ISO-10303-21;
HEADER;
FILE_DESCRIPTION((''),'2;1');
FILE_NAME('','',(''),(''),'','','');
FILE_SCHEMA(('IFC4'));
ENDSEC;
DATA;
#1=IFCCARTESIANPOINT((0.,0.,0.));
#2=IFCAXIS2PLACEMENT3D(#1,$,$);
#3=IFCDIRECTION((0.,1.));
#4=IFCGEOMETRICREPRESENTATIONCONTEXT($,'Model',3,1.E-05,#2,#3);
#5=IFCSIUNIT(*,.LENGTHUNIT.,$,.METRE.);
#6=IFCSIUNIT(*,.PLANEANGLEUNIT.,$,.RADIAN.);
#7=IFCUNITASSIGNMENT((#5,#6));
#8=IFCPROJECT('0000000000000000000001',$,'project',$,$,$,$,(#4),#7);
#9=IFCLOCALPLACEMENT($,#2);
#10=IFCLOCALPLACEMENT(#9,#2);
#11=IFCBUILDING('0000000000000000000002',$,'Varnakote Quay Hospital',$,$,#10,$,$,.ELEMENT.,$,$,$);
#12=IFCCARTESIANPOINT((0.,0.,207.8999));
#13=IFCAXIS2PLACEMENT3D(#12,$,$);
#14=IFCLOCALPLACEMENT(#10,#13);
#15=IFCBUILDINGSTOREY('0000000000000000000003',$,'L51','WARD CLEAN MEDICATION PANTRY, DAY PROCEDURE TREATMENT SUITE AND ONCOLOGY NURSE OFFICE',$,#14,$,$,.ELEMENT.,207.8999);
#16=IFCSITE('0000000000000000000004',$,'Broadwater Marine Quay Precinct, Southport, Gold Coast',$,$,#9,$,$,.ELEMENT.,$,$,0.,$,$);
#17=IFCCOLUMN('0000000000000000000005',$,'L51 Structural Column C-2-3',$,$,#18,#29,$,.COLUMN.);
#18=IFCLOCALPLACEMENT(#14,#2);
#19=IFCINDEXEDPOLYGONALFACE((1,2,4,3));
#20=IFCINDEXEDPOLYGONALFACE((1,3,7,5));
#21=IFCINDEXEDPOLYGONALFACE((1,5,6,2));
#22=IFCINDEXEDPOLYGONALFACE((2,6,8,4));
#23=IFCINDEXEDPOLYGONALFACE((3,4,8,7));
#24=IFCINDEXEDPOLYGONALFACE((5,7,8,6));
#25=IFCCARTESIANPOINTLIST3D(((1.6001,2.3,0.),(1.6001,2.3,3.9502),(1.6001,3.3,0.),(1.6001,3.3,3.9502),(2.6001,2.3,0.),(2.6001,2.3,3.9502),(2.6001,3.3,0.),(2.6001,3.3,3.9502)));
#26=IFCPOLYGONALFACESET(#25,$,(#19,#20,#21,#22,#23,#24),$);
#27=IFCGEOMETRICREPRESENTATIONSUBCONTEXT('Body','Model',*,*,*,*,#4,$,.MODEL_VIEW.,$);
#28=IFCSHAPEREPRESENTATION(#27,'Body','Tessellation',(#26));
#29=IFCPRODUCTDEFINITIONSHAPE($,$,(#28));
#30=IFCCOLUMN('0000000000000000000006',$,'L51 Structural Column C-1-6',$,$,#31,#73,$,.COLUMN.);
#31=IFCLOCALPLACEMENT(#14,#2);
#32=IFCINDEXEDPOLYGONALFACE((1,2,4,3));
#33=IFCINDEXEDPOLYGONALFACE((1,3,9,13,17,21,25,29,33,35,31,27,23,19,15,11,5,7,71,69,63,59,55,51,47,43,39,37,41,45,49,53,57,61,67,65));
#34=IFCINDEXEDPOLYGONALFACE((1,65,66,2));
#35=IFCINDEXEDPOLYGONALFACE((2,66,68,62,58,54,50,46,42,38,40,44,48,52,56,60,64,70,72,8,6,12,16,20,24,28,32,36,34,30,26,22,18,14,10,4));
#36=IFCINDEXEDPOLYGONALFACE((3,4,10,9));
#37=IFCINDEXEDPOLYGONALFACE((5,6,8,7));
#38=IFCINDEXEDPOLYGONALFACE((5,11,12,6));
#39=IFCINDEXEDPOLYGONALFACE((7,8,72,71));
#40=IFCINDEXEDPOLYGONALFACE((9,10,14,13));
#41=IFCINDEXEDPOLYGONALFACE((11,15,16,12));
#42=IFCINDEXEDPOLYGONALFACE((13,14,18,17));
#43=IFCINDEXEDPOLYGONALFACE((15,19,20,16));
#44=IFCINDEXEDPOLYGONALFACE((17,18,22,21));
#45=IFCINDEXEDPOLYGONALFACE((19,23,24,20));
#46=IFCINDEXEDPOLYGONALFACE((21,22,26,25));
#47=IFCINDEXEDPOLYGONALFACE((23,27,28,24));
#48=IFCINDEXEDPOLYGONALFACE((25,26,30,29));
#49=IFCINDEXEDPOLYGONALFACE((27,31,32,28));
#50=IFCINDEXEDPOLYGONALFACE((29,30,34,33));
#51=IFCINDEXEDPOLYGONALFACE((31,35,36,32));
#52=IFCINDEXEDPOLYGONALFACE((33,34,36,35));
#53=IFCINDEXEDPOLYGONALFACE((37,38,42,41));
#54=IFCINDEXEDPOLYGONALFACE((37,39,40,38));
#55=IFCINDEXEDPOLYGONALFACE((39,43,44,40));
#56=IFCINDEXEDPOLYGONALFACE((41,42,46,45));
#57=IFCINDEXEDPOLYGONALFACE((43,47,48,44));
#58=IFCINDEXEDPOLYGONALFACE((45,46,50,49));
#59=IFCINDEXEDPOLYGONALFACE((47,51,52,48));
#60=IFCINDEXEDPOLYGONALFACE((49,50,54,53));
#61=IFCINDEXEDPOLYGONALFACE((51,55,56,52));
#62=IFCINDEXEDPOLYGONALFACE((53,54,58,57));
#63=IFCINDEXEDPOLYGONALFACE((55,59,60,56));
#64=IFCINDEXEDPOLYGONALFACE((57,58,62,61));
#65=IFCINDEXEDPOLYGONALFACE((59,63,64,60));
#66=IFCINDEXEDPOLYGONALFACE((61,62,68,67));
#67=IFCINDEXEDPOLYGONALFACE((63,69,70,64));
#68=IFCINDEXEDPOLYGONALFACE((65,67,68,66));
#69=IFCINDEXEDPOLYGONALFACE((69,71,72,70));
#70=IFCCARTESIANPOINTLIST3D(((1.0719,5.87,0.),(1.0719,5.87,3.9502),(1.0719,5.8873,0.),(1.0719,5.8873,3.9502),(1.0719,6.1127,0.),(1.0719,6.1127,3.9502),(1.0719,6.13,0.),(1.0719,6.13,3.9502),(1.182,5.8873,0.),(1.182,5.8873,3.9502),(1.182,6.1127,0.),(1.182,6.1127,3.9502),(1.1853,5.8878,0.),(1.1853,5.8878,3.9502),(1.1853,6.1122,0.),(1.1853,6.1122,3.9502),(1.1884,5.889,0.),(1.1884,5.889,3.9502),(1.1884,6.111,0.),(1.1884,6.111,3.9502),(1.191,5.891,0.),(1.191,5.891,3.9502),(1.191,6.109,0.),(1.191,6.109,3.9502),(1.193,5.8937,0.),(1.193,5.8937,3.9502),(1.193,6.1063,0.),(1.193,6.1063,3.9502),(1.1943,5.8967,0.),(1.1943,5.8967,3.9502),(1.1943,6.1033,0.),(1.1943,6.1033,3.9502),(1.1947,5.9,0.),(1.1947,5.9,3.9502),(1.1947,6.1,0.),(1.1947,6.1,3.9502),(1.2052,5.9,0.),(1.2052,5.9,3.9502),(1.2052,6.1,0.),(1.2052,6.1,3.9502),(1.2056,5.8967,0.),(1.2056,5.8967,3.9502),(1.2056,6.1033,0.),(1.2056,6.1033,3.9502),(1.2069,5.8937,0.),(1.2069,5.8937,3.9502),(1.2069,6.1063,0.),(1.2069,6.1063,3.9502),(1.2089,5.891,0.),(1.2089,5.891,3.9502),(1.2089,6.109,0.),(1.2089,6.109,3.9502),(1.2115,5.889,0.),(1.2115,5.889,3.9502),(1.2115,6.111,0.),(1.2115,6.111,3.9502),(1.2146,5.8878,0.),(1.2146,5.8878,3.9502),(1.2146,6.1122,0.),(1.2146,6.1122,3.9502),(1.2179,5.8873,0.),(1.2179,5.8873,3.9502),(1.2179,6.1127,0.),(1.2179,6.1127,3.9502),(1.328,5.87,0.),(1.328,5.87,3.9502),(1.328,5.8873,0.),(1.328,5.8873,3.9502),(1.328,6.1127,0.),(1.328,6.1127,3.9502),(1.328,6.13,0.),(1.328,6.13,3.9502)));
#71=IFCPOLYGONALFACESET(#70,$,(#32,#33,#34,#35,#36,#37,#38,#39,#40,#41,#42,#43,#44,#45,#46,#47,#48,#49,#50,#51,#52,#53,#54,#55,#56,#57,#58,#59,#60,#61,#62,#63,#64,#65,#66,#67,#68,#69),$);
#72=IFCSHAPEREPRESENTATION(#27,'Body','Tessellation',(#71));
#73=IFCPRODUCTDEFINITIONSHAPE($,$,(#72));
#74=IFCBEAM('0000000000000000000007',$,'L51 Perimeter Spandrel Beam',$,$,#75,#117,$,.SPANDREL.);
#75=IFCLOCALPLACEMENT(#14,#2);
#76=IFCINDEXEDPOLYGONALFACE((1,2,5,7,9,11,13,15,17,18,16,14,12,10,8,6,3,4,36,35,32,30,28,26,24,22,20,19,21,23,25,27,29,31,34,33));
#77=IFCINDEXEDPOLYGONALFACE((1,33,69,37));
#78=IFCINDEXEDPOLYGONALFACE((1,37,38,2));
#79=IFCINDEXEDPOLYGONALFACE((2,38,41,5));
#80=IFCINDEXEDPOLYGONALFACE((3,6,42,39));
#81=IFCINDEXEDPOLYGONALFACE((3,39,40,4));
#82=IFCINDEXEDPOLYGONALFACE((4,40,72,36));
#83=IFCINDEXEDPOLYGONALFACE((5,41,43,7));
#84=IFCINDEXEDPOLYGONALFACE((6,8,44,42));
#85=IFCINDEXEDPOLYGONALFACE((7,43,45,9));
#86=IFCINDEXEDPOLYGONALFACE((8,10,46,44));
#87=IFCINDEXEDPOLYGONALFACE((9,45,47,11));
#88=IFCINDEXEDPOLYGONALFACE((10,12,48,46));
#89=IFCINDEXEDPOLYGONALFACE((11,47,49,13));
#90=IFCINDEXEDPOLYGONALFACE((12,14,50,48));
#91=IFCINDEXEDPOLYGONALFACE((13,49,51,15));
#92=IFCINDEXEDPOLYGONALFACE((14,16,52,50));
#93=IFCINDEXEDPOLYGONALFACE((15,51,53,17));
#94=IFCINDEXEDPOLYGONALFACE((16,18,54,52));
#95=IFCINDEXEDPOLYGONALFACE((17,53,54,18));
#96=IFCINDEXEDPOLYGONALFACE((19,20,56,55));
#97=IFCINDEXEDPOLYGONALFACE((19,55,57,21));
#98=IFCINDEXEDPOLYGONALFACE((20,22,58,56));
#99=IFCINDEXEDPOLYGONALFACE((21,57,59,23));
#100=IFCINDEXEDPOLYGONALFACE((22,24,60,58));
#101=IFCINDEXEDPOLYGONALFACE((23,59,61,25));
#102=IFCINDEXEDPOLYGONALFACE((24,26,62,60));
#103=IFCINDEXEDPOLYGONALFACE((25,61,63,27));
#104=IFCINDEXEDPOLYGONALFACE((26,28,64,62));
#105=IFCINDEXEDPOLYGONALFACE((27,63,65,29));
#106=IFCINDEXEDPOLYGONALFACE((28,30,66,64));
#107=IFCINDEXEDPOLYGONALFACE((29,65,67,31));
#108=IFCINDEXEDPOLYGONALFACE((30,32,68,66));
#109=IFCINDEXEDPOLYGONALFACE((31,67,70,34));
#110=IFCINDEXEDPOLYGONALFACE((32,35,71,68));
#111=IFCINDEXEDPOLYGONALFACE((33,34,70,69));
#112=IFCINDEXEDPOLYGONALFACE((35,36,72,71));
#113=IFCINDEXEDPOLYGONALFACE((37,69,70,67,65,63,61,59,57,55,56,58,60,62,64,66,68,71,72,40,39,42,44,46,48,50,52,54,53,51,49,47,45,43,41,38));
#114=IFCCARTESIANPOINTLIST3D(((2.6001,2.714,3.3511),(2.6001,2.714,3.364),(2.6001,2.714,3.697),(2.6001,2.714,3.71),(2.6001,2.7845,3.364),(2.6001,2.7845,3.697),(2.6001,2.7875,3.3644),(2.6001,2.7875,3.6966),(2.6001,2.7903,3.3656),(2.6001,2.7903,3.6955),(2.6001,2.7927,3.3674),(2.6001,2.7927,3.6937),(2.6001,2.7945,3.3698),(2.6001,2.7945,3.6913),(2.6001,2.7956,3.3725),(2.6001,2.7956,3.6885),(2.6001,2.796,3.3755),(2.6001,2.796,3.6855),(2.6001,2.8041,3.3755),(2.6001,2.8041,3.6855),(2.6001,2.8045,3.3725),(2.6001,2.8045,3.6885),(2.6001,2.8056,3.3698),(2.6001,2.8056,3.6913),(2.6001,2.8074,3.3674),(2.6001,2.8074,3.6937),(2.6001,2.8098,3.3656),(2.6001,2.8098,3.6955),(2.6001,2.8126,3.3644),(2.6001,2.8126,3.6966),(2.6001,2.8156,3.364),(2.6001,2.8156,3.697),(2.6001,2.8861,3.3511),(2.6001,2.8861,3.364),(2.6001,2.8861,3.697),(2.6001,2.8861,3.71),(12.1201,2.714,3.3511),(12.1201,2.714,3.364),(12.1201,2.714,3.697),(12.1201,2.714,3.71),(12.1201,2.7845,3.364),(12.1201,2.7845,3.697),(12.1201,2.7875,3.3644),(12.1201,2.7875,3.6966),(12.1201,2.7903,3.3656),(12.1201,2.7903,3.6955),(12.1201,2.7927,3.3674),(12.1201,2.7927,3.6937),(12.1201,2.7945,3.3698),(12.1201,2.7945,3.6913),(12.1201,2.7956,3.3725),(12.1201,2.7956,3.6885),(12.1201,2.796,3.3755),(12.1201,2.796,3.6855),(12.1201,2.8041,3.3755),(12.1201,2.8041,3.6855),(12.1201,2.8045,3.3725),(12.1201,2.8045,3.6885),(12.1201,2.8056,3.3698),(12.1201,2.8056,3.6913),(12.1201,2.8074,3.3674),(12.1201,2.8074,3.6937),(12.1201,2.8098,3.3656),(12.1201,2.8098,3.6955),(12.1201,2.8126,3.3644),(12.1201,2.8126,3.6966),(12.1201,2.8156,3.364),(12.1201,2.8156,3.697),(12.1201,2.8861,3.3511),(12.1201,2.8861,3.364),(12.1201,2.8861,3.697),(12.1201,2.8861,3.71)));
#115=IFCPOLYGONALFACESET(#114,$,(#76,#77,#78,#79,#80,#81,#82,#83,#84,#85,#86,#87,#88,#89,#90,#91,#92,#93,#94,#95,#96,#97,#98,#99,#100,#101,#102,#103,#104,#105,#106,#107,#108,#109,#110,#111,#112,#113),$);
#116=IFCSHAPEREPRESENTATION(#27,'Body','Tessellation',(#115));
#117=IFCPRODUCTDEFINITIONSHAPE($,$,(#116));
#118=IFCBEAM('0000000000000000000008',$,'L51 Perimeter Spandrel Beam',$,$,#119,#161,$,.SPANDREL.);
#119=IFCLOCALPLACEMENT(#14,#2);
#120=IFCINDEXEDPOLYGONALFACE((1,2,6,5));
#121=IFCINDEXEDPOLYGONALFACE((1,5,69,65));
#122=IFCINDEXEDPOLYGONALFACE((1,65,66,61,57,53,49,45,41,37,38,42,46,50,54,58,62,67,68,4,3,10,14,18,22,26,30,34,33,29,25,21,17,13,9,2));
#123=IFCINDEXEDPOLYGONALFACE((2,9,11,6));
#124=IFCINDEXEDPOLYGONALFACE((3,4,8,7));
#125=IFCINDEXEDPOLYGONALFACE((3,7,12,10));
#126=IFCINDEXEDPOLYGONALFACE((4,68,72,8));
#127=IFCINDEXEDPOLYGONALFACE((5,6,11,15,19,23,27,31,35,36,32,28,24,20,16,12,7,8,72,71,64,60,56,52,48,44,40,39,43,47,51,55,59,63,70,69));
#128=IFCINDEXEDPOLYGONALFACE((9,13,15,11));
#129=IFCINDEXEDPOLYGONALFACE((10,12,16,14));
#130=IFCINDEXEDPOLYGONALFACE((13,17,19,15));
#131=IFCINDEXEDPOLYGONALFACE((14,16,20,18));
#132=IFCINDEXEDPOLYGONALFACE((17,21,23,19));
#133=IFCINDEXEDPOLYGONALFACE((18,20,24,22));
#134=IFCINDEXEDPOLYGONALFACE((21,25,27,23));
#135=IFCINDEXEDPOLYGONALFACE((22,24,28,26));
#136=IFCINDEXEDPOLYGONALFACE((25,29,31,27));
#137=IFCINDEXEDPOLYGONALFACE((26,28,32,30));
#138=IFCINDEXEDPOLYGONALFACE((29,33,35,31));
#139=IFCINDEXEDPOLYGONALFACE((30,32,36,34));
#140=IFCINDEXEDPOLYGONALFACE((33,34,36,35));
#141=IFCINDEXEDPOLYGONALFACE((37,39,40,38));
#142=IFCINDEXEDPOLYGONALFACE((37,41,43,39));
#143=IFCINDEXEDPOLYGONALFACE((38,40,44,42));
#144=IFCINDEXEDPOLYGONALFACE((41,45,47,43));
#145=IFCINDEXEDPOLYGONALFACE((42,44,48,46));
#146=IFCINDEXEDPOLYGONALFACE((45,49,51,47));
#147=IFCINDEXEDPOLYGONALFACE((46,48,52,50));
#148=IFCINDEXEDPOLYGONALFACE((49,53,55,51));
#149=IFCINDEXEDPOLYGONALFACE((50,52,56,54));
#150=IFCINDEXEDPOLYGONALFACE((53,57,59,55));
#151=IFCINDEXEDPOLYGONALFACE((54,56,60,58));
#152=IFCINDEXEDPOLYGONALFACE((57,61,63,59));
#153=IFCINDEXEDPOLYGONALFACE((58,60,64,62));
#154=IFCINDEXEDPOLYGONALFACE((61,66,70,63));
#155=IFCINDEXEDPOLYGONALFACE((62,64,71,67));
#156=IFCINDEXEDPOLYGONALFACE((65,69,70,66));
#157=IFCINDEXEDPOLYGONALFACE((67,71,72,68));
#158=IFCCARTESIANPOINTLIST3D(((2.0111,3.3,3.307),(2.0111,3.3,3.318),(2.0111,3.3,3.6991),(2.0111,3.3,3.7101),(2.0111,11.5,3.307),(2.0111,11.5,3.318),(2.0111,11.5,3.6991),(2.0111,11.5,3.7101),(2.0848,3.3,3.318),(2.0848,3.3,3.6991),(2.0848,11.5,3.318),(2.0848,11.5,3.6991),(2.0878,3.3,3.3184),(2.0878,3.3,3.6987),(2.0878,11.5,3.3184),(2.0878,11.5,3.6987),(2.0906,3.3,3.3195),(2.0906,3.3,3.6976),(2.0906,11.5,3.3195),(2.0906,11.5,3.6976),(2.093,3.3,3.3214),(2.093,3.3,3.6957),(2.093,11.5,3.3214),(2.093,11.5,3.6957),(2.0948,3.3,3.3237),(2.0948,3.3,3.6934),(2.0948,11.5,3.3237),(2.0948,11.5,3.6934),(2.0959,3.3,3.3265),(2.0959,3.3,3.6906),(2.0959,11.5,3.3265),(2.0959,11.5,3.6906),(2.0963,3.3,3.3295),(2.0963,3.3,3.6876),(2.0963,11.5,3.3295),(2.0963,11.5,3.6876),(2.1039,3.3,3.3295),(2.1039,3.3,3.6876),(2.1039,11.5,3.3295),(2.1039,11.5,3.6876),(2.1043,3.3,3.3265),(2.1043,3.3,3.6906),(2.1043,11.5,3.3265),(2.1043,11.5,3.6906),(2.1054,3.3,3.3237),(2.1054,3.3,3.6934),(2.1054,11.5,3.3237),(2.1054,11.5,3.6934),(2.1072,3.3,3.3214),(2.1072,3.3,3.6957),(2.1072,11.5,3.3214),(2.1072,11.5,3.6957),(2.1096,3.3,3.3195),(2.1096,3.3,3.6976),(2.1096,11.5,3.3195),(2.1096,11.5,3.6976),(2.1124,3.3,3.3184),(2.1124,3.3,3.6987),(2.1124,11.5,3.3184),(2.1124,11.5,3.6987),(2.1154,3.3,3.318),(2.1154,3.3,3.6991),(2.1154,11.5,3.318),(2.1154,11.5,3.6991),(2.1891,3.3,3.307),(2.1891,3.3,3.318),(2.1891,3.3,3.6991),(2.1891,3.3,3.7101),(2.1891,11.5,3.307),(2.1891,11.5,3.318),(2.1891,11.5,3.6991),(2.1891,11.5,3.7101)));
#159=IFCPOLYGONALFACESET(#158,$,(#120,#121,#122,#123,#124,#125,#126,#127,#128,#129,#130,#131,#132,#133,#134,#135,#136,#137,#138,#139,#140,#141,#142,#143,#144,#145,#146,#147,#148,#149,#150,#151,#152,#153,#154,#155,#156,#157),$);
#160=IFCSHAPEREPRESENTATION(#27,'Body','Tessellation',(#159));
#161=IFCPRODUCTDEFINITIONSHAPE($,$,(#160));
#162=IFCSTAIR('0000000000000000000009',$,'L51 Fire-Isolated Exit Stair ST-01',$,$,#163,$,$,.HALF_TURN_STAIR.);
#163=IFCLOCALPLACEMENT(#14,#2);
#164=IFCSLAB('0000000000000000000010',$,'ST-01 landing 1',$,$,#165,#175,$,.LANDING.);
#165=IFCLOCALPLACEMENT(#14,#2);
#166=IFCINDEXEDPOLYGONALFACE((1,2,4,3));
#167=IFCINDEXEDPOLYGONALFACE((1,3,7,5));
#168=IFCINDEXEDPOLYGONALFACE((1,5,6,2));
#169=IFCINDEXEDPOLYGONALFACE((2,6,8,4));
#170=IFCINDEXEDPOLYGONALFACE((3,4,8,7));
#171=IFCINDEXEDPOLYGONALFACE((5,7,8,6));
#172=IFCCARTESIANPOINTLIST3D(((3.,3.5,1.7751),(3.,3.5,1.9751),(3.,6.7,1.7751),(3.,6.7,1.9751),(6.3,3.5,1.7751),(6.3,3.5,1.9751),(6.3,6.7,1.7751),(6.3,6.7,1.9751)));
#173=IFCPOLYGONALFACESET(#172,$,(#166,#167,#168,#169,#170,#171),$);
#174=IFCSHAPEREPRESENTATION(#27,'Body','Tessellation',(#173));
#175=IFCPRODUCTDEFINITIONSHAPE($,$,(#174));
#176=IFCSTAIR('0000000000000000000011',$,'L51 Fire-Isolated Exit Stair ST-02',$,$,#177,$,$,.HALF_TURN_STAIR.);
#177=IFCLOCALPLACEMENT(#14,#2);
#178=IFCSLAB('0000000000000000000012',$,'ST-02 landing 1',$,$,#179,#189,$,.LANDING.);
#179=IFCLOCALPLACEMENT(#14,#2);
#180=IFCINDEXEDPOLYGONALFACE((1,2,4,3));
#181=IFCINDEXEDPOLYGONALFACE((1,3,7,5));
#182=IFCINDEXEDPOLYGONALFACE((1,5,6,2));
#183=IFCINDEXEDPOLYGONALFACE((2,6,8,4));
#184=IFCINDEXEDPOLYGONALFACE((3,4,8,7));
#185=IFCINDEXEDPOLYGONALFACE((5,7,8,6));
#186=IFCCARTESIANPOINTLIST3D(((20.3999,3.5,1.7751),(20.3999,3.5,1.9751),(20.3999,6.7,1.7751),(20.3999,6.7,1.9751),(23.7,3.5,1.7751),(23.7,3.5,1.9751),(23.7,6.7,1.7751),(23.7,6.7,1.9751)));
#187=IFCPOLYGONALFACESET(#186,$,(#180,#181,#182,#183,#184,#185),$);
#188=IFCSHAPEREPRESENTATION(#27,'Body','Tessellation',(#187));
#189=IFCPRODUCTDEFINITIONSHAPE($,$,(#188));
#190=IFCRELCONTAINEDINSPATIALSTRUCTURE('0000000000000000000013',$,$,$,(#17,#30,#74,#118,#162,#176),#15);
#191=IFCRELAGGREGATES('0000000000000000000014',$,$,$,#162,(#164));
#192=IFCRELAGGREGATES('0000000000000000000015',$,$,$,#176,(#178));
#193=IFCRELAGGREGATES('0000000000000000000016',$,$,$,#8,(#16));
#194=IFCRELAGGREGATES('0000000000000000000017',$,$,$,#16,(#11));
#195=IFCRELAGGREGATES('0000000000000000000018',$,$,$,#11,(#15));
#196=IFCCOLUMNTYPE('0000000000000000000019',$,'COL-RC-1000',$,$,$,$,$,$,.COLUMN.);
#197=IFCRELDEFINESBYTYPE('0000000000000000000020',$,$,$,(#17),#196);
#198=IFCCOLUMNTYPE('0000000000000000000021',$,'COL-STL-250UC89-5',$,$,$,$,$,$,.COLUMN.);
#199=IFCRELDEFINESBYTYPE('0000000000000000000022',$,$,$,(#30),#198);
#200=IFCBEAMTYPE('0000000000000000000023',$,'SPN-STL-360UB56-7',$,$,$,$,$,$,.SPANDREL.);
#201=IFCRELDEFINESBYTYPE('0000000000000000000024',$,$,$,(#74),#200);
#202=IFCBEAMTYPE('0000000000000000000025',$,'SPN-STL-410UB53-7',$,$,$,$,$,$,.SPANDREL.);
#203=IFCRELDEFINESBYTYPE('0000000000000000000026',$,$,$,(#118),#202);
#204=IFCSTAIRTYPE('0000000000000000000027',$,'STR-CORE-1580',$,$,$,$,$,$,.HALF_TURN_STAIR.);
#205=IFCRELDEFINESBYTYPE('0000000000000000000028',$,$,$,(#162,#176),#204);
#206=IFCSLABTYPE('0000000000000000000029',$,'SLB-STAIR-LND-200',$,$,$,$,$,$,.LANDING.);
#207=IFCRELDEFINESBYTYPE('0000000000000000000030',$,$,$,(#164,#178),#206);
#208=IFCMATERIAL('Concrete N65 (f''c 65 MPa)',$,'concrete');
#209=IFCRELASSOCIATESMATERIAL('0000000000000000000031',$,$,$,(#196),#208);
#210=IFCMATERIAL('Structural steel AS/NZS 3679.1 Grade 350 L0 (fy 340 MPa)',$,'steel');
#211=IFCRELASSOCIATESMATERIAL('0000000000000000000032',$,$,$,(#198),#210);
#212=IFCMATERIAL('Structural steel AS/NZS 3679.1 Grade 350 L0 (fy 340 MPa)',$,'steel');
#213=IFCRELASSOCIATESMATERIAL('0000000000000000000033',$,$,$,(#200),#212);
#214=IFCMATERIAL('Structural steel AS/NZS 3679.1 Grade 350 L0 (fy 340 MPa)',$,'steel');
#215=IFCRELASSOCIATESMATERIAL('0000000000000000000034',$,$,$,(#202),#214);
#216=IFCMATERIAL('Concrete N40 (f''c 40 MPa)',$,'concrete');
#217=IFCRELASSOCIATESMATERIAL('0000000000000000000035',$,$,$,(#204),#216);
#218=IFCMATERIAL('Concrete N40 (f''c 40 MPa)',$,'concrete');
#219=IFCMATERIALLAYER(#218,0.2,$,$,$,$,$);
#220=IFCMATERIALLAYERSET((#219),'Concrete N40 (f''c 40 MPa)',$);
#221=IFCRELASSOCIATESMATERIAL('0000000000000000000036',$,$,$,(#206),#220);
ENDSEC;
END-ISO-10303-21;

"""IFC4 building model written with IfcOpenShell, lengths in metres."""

from ifc_helpers import new_model, si_unit, direction, frame, origin, origin_2d, place, context, subcontext, project, spatial, polyline, rectangle, i_section, outline, extrude, material, layer, layer_set, material_profile, profile_set, type_object, element, aggregate, save


model = new_model("IFC4")

# Units and contexts
model_context = context("Model", 3, precision=1e-05, world=origin(), true_north=direction((0.0, 1.0)))
body_context = subcontext(model_context, "Body", "Model", "MODEL_VIEW")
ifc_project = project(units=[si_unit("LENGTHUNIT", "METRE"), si_unit("PLANEANGLEUNIT", "RADIAN")], contexts=[model_context])

# Site, building, storey
site_placement = place(None, origin())
site = spatial("IfcSite", under=ifc_project, at=site_placement, Name="Broadwater Marine Quay Precinct, Southport, Gold Coast", CompositionType="ELEMENT", RefElevation=0.0)
building_placement = place(site_placement, origin())
building = spatial("IfcBuilding", under=site, at=building_placement, Name="Varnakote Quay Hospital", CompositionType="ELEMENT")
storey_placement = place(building_placement, frame((0.0, 0.0, 207.8999)))
storey = spatial("IfcBuildingStorey", under=building, at=storey_placement, Name="L51", Description="WARD CLEAN MEDICATION PANTRY, DAY PROCEDURE TREATMENT SUITE AND ONCOLOGY NURSE OFFICE", CompositionType="ELEMENT", Elevation=207.8999)

# Columns
ifc_material_1 = material(Name="Concrete N65 (f'c 65 MPa)", Category="concrete")
ifc_material_profile_1 = material_profile(ifc_material_1, rectangle(XDim=1.0, YDim=1.0, at=origin_2d()), Name="RC-COL-1000x1000")
ifc_profile_set_1 = profile_set([ifc_material_profile_1], Name="Concrete N65 (f'c 65 MPa)")
column_type_1 = type_object("IfcColumnType", Name="COL-RC-1000", PredefinedType="COLUMN", material=ifc_profile_set_1)
column_1_placement = place(storey_placement, frame((2.1001, 2.8, 0.0), z_axis=(0.0, 0.0, 1.0), x_axis=(1.0, 0.0, 0.0)))
element("IfcColumn", 1, at=column_1_placement, inside=storey, type_object=column_type_1, Name="L51 Structural Column C-2-3", PredefinedType="COLUMN", context=body_context, shape_type="SweptSolid", body=[
    extrude(rectangle(XDim=1.0, YDim=1.0, at=origin_2d()), origin(), (0.0, 0.0, 1.0), 3.9502),
])
ifc_material_2 = material(Name="Structural steel AS/NZS 3679.1 Grade 350 L0 (fy 340 MPa)", Category="steel")
ifc_material_profile_2 = material_profile(ifc_material_2, i_section(OverallWidth=0.2561, OverallDepth=0.26, WebThickness=0.0105, FlangeThickness=0.0173, FilletRadius=0.0127, at=origin_2d()), Name="250UC89.5")
ifc_profile_set_2 = profile_set([ifc_material_profile_2], Name="Structural steel AS/NZS 3679.1 Grade 350 L0 (fy 340 MPa)")
column_type_2 = type_object("IfcColumnType", Name="COL-STL-250UC89-5", PredefinedType="COLUMN", material=ifc_profile_set_2)
column_2_placement = place(storey_placement, frame((1.2, 6.0, 0.0), z_axis=(0.0, 0.0, 1.0), x_axis=(1.0, 0.0, 0.0)))
element("IfcColumn", 2, at=column_2_placement, inside=storey, type_object=column_type_2, Name="L51 Structural Column C-1-6", PredefinedType="COLUMN", context=body_context, shape_type="SweptSolid", body=[
    extrude(i_section(OverallWidth=0.2561, OverallDepth=0.26, WebThickness=0.0105, FlangeThickness=0.0173, FilletRadius=0.0127, at=origin_2d()), origin(), (0.0, 0.0, 1.0), 3.9502),
])

# Beams
ifc_material_3 = material(Name="Structural steel AS/NZS 3679.1 Grade 350 L0 (fy 340 MPa)", Category="steel")
ifc_material_profile_3 = material_profile(ifc_material_3, i_section(OverallWidth=0.1721, OverallDepth=0.3589, WebThickness=0.0081, FlangeThickness=0.0129, FilletRadius=0.0115, at=origin_2d()), Name="360UB56.7")
ifc_profile_set_3 = profile_set([ifc_material_profile_3], Name="Structural steel AS/NZS 3679.1 Grade 350 L0 (fy 340 MPa)")
beam_type_1 = type_object("IfcBeamType", Name="SPN-STL-360UB56-7", PredefinedType="SPANDREL", material=ifc_profile_set_3)
beam_1_placement = place(storey_placement, frame((2.6001, 2.8, 3.5305), z_axis=(1.0, 0.0, 0.0), x_axis=(0.0, 1.0, 0.0)))
element("IfcBeam", 3, at=beam_1_placement, inside=storey, type_object=beam_type_1, Name="L51 Perimeter Spandrel Beam", PredefinedType="SPANDREL", context=body_context, shape_type="SweptSolid", body=[
    extrude(i_section(OverallWidth=0.1721, OverallDepth=0.3589, WebThickness=0.0081, FlangeThickness=0.0129, FilletRadius=0.0115, at=origin_2d()), origin(), (0.0, 0.0, 1.0), 9.52),
])
ifc_material_4 = material(Name="Structural steel AS/NZS 3679.1 Grade 350 L0 (fy 340 MPa)", Category="steel")
ifc_material_profile_4 = material_profile(ifc_material_4, i_section(OverallWidth=0.178, OverallDepth=0.4031, WebThickness=0.0076, FlangeThickness=0.011, FilletRadius=0.0115, at=origin_2d()), Name="410UB53.7")
ifc_profile_set_4 = profile_set([ifc_material_profile_4], Name="Structural steel AS/NZS 3679.1 Grade 350 L0 (fy 340 MPa)")
beam_type_2 = type_object("IfcBeamType", Name="SPN-STL-410UB53-7", PredefinedType="SPANDREL", material=ifc_profile_set_4)
beam_2_placement = place(storey_placement, frame((2.1001, 3.3, 3.5085), z_axis=(0.0, 1.0, 0.0), x_axis=(-1.0, 0.0, 0.0)))
element("IfcBeam", 4, at=beam_2_placement, inside=storey, type_object=beam_type_2, Name="L51 Perimeter Spandrel Beam", PredefinedType="SPANDREL", context=body_context, shape_type="SweptSolid", body=[
    extrude(i_section(OverallWidth=0.178, OverallDepth=0.4031, WebThickness=0.0076, FlangeThickness=0.011, FilletRadius=0.0115, at=origin_2d()), origin(), (0.0, 0.0, 1.0), 8.2),
])

# Stairs, slabs
ifc_material_5 = material(Name="Concrete N40 (f'c 40 MPa)", Category="concrete")
stair_type = type_object("IfcStairType", Name="STR-CORE-1580", PredefinedType="HALF_TURN_STAIR", material=ifc_material_5)
stair_1_placement = place(storey_placement, origin())
stair_1 = element("IfcStair", 5, at=stair_1_placement, inside=storey, type_object=stair_type, Name="L51 Fire-Isolated Exit Stair ST-01", PredefinedType="HALF_TURN_STAIR")
ifc_material_6 = material(Name="Concrete N40 (f'c 40 MPa)", Category="concrete")
ifc_layer_1 = layer(ifc_material_6, 0.2)
ifc_layer_set_1 = layer_set([ifc_layer_1], Name="Concrete N40 (f'c 40 MPa)")
slab_type_1 = type_object("IfcSlabType", Name="SLB-STAIR-LND-200", PredefinedType="LANDING", material=ifc_layer_set_1)
slab_1_placement = place(storey_placement, frame((0.0, 0.0, 1.7751)))
slab_1 = element("IfcSlab", 6, at=slab_1_placement, type_object=slab_type_1, Name="ST-01 landing 1", PredefinedType="LANDING", context=body_context, shape_type="SweptSolid", body=[
    extrude(outline(polyline([(3.0, 6.7), (3.0, 3.5), (6.3, 3.5), (6.3, 6.7), (3.0, 6.7)])), origin(), (0.0, 0.0, 1.0), 0.2),
])
aggregate(stair_1, [slab_1])
stair_2_placement = place(storey_placement, origin())
stair_2 = element("IfcStair", 7, at=stair_2_placement, inside=storey, type_object=stair_type, Name="L51 Fire-Isolated Exit Stair ST-02", PredefinedType="HALF_TURN_STAIR")
slab_2_placement = place(storey_placement, frame((0.0, 0.0, 1.7751)))
slab_2 = element("IfcSlab", 8, at=slab_2_placement, type_object=slab_type_1, Name="ST-02 landing 1", PredefinedType="LANDING", context=body_context, shape_type="SweptSolid", body=[
    extrude(outline(polyline([(20.3999, 6.7), (20.3999, 3.5), (23.7, 3.5), (23.7, 6.7), (20.3999, 6.7)])), origin(), (0.0, 0.0, 1.0), 0.2),
])
aggregate(stair_2, [slab_2])

save(model, "model.ifc")
